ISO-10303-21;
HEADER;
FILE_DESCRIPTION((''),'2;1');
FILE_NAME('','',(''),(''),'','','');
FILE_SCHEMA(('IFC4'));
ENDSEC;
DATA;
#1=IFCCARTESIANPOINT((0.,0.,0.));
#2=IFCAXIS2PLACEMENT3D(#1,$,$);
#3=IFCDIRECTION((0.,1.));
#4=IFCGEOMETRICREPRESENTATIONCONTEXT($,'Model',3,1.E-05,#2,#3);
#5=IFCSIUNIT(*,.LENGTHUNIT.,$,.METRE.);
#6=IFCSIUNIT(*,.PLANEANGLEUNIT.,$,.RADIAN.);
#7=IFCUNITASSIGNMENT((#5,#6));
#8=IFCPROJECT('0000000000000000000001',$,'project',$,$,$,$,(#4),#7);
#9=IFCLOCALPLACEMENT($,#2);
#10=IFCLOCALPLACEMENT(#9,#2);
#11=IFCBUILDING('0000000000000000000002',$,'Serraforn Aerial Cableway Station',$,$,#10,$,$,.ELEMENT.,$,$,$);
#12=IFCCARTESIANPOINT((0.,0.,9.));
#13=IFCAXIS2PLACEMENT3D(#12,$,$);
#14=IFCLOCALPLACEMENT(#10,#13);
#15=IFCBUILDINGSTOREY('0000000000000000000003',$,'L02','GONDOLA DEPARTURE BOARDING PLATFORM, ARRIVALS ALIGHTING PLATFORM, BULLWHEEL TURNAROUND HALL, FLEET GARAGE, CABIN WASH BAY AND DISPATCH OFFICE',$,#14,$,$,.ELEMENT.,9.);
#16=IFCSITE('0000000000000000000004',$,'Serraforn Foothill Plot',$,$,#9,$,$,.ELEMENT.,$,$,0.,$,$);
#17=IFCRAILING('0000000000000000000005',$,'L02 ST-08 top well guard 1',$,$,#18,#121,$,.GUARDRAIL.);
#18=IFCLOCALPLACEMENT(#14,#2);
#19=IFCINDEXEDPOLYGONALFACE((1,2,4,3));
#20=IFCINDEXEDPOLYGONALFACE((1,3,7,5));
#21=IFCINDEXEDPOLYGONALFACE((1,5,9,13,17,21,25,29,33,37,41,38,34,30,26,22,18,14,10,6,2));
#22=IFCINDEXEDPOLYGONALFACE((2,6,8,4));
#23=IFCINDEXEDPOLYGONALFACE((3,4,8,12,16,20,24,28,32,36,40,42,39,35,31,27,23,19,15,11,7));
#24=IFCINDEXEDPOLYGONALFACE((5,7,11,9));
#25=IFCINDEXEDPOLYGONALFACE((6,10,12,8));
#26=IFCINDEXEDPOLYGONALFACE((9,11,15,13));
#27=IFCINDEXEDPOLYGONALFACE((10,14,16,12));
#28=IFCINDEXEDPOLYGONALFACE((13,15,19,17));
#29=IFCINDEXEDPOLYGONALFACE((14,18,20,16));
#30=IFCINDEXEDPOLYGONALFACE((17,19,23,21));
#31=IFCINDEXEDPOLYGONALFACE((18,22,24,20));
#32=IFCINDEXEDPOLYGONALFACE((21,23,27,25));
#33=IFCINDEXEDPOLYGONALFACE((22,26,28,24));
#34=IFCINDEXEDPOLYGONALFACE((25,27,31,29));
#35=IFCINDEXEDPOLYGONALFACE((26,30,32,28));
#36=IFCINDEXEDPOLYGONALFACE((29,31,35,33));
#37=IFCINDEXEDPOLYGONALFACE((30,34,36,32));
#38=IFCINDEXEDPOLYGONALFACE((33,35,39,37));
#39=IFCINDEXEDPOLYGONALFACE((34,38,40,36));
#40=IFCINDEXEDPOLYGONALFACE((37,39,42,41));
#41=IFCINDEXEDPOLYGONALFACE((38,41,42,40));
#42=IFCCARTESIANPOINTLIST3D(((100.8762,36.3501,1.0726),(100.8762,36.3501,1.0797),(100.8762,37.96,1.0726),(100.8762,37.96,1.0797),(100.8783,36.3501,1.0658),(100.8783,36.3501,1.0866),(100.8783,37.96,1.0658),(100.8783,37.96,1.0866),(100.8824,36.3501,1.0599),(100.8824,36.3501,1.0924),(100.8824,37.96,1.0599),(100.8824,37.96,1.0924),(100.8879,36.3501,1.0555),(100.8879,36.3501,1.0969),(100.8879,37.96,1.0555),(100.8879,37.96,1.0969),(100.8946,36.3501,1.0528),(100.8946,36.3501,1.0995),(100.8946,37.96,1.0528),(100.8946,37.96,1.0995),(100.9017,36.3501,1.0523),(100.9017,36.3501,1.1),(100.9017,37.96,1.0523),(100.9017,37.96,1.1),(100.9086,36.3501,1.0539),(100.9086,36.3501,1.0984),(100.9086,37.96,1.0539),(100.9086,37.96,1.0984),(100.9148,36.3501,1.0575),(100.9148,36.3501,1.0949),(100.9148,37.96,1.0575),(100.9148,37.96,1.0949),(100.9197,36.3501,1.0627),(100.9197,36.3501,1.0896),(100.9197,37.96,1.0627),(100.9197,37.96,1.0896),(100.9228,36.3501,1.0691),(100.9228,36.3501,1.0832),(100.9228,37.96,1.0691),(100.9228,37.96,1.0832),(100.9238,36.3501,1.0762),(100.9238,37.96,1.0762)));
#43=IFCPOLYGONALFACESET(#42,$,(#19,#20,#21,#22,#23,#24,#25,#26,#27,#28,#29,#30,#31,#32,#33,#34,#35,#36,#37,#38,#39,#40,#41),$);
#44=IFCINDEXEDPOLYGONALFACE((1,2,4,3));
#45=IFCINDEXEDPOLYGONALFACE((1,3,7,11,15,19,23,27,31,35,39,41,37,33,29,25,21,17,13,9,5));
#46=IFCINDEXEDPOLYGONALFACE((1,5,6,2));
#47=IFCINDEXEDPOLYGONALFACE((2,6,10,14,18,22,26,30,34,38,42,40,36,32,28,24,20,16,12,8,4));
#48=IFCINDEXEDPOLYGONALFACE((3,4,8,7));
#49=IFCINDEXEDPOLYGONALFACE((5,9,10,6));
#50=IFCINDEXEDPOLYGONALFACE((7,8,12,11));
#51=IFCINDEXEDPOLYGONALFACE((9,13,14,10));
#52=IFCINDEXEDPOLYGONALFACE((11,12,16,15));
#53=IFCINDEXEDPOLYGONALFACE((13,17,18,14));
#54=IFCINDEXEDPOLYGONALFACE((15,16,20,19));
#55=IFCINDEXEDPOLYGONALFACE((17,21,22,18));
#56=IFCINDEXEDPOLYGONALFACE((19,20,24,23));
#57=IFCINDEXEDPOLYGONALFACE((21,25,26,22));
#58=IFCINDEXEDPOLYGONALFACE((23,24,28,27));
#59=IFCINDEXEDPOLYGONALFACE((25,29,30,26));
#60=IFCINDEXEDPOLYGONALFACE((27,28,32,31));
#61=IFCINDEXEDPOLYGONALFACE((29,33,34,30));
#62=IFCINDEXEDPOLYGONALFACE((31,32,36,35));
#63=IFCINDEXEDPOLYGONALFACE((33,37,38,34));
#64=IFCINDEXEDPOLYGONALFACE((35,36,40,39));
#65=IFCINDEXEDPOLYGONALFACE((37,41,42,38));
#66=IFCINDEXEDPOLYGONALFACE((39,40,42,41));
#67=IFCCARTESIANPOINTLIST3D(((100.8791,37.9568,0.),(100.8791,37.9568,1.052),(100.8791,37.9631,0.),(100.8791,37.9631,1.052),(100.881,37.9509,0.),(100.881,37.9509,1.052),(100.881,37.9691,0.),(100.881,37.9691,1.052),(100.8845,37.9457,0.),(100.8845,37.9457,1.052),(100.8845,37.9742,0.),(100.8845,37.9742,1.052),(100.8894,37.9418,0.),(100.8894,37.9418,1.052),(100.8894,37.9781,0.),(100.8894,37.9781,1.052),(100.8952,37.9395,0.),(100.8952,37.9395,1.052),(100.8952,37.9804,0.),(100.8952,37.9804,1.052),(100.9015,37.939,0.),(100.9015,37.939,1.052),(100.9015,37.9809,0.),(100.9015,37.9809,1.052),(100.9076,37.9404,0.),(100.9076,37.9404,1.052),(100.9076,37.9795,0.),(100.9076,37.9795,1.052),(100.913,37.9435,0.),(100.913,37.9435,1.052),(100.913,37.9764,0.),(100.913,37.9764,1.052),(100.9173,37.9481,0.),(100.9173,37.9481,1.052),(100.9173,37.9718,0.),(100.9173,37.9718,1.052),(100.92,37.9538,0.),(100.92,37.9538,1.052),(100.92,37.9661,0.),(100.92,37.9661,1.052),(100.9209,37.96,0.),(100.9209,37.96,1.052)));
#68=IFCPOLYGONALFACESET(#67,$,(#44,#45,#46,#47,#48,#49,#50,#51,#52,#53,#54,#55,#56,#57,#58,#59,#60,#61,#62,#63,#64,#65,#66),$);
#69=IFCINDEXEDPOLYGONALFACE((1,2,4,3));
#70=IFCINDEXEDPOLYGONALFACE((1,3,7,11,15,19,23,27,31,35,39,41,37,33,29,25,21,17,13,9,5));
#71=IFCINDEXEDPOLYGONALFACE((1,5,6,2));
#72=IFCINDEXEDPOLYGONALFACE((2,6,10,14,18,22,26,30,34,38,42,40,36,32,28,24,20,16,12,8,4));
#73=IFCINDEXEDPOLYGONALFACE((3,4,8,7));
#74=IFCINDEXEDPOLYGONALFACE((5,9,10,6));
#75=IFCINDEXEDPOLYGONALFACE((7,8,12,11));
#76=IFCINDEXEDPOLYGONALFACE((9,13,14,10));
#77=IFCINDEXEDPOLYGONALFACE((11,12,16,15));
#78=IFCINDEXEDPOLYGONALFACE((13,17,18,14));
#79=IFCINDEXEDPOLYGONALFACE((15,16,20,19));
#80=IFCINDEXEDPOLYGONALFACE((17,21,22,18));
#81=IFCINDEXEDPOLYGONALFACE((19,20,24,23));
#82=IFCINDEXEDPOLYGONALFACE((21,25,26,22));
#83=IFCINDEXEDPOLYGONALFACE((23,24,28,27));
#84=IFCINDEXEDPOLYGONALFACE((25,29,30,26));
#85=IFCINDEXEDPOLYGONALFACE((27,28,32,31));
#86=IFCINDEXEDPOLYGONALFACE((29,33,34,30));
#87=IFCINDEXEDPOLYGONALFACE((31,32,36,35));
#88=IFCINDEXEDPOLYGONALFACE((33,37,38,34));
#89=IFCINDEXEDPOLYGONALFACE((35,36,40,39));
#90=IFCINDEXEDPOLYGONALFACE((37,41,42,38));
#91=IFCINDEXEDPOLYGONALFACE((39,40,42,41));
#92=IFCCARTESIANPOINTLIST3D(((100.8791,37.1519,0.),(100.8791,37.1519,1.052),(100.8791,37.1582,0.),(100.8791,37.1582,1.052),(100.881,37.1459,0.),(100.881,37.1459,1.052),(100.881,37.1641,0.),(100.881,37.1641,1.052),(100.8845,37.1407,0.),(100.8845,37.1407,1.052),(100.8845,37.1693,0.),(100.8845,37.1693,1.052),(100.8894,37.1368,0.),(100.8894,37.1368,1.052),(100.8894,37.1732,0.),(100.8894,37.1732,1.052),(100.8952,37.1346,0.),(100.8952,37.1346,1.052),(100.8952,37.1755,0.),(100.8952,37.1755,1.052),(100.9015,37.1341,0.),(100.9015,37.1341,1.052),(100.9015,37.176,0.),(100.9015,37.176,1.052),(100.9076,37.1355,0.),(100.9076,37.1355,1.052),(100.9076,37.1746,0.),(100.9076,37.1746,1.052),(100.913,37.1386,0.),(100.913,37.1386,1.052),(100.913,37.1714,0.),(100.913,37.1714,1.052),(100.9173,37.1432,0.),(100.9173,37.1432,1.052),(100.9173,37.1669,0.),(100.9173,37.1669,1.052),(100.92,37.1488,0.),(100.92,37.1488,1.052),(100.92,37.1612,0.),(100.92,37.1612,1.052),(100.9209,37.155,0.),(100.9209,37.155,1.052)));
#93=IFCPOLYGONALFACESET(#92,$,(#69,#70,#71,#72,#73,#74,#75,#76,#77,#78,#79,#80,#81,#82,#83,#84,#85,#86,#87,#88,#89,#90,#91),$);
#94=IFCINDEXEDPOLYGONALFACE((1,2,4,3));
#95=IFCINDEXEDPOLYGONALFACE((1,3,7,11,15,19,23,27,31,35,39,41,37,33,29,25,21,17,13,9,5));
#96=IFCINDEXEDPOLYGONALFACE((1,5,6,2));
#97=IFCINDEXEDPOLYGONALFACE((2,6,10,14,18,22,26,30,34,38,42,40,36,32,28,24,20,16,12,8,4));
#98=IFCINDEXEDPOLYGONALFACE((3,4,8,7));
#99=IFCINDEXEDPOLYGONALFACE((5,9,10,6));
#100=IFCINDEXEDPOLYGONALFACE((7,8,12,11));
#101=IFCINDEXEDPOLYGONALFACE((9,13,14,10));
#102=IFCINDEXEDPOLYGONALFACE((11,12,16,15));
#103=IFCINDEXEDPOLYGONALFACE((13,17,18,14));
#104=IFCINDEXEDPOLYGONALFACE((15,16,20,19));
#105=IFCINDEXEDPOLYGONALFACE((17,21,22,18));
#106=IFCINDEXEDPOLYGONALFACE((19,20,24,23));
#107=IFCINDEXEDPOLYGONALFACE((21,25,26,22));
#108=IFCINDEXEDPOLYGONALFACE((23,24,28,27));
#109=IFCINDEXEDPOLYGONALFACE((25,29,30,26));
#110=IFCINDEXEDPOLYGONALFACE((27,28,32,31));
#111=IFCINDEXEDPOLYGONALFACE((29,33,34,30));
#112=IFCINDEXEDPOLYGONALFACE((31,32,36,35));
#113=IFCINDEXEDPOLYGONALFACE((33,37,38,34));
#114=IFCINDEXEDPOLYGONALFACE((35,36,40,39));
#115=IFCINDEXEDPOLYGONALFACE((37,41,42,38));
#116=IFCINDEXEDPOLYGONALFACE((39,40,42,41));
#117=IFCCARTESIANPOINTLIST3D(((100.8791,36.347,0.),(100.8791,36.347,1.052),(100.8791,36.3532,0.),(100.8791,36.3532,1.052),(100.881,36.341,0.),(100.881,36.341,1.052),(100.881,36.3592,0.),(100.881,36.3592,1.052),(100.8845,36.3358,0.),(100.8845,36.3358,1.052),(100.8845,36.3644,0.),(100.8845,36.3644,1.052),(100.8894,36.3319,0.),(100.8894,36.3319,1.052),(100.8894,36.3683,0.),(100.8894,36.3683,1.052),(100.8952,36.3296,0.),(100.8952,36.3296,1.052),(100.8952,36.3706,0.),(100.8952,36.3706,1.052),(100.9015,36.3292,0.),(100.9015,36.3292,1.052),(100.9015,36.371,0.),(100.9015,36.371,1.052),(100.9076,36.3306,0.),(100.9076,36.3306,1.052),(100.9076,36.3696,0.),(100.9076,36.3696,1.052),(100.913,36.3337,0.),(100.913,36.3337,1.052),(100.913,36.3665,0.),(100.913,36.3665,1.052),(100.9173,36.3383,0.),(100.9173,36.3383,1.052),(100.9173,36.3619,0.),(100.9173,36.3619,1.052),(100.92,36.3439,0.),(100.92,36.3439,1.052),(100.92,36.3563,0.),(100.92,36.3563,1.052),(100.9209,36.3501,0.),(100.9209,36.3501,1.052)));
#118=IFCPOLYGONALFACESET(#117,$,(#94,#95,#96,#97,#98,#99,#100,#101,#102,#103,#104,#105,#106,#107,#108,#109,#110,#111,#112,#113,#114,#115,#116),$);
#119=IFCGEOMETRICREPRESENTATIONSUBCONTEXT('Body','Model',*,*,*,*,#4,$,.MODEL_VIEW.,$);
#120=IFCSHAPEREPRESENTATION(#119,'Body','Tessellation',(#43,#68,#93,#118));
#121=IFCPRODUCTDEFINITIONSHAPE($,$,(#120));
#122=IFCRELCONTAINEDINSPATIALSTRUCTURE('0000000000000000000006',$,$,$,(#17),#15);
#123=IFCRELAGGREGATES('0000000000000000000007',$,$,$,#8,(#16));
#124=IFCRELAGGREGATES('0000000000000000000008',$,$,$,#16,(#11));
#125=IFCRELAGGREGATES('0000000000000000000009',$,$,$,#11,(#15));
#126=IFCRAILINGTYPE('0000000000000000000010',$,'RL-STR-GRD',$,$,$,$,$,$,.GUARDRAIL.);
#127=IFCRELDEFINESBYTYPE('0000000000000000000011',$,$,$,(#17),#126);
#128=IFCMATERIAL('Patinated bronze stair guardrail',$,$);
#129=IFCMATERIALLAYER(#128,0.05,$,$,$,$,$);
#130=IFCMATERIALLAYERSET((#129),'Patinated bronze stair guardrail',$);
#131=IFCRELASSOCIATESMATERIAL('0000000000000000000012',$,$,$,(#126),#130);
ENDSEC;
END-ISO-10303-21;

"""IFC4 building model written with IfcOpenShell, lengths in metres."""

from ifc_helpers import new_model, si_unit, direction, frame, origin, origin_2d, place, context, subcontext, project, spatial, circle, extrude, material, layer, layer_set, type_object, element, save


model = new_model("IFC4")

# Units and contexts
model_context = context("Model", 3, precision=1e-05, world=origin(), true_north=direction((0.0, 1.0)))
body_context = subcontext(model_context, "Body", "Model", "MODEL_VIEW")
ifc_project = project(units=[si_unit("LENGTHUNIT", "METRE"), si_unit("PLANEANGLEUNIT", "RADIAN")], contexts=[model_context])

# Site, building, storey
site_placement = place(None, origin())
site = spatial("IfcSite", under=ifc_project, at=site_placement, Name="Serraforn Foothill Plot", CompositionType="ELEMENT", RefElevation=0.0)
building_placement = place(site_placement, origin())
building = spatial("IfcBuilding", under=site, at=building_placement, Name="Serraforn Aerial Cableway Station", CompositionType="ELEMENT")
storey_placement = place(building_placement, frame((0.0, 0.0, 9.0)))
storey = spatial("IfcBuildingStorey", under=building, at=storey_placement, Name="L02", Description="GONDOLA DEPARTURE BOARDING PLATFORM, ARRIVALS ALIGHTING PLATFORM, BULLWHEEL TURNAROUND HALL, FLEET GARAGE, CABIN WASH BAY AND DISPATCH OFFICE", CompositionType="ELEMENT", Elevation=9.0)

# Railing
ifc_material_1 = material(Name="Patinated bronze stair guardrail")
ifc_layer_1 = layer(ifc_material_1, 0.05)
ifc_layer_set_1 = layer_set([ifc_layer_1], Name="Patinated bronze stair guardrail")
railing_type = type_object("IfcRailingType", Name="RL-STR-GRD", PredefinedType="GUARDRAIL", material=ifc_layer_set_1)
railing_placement = place(storey_placement, frame((100.8999, 37.96, 0.0)))
element("IfcRailing", 1, at=railing_placement, inside=storey, type_object=railing_type, Name="L02 ST-08 top well guard 1", PredefinedType="GUARDRAIL", context=body_context, shape_type="SweptSolid", body=[
    extrude(circle(Radius=0.0239, at=origin_2d()), frame((0.0, 0.0, 1.0762), z_axis=(0.0, -1.0, 0.0), x_axis=(1.0, 0.0, 0.0)), (0.0, 0.0, 1.0), 1.6099),
    extrude(circle(Radius=0.021, at=origin_2d()), origin(), (0.0, 0.0, 1.0), 1.052),
    extrude(circle(Radius=0.021, at=origin_2d()), frame((0.0, -0.8049, 0.0)), (0.0, 0.0, 1.0), 1.052),
    extrude(circle(Radius=0.021, at=origin_2d()), frame((0.0, -1.6099, 0.0)), (0.0, 0.0, 1.0), 1.052),
])

save(model, "model.ifc")
